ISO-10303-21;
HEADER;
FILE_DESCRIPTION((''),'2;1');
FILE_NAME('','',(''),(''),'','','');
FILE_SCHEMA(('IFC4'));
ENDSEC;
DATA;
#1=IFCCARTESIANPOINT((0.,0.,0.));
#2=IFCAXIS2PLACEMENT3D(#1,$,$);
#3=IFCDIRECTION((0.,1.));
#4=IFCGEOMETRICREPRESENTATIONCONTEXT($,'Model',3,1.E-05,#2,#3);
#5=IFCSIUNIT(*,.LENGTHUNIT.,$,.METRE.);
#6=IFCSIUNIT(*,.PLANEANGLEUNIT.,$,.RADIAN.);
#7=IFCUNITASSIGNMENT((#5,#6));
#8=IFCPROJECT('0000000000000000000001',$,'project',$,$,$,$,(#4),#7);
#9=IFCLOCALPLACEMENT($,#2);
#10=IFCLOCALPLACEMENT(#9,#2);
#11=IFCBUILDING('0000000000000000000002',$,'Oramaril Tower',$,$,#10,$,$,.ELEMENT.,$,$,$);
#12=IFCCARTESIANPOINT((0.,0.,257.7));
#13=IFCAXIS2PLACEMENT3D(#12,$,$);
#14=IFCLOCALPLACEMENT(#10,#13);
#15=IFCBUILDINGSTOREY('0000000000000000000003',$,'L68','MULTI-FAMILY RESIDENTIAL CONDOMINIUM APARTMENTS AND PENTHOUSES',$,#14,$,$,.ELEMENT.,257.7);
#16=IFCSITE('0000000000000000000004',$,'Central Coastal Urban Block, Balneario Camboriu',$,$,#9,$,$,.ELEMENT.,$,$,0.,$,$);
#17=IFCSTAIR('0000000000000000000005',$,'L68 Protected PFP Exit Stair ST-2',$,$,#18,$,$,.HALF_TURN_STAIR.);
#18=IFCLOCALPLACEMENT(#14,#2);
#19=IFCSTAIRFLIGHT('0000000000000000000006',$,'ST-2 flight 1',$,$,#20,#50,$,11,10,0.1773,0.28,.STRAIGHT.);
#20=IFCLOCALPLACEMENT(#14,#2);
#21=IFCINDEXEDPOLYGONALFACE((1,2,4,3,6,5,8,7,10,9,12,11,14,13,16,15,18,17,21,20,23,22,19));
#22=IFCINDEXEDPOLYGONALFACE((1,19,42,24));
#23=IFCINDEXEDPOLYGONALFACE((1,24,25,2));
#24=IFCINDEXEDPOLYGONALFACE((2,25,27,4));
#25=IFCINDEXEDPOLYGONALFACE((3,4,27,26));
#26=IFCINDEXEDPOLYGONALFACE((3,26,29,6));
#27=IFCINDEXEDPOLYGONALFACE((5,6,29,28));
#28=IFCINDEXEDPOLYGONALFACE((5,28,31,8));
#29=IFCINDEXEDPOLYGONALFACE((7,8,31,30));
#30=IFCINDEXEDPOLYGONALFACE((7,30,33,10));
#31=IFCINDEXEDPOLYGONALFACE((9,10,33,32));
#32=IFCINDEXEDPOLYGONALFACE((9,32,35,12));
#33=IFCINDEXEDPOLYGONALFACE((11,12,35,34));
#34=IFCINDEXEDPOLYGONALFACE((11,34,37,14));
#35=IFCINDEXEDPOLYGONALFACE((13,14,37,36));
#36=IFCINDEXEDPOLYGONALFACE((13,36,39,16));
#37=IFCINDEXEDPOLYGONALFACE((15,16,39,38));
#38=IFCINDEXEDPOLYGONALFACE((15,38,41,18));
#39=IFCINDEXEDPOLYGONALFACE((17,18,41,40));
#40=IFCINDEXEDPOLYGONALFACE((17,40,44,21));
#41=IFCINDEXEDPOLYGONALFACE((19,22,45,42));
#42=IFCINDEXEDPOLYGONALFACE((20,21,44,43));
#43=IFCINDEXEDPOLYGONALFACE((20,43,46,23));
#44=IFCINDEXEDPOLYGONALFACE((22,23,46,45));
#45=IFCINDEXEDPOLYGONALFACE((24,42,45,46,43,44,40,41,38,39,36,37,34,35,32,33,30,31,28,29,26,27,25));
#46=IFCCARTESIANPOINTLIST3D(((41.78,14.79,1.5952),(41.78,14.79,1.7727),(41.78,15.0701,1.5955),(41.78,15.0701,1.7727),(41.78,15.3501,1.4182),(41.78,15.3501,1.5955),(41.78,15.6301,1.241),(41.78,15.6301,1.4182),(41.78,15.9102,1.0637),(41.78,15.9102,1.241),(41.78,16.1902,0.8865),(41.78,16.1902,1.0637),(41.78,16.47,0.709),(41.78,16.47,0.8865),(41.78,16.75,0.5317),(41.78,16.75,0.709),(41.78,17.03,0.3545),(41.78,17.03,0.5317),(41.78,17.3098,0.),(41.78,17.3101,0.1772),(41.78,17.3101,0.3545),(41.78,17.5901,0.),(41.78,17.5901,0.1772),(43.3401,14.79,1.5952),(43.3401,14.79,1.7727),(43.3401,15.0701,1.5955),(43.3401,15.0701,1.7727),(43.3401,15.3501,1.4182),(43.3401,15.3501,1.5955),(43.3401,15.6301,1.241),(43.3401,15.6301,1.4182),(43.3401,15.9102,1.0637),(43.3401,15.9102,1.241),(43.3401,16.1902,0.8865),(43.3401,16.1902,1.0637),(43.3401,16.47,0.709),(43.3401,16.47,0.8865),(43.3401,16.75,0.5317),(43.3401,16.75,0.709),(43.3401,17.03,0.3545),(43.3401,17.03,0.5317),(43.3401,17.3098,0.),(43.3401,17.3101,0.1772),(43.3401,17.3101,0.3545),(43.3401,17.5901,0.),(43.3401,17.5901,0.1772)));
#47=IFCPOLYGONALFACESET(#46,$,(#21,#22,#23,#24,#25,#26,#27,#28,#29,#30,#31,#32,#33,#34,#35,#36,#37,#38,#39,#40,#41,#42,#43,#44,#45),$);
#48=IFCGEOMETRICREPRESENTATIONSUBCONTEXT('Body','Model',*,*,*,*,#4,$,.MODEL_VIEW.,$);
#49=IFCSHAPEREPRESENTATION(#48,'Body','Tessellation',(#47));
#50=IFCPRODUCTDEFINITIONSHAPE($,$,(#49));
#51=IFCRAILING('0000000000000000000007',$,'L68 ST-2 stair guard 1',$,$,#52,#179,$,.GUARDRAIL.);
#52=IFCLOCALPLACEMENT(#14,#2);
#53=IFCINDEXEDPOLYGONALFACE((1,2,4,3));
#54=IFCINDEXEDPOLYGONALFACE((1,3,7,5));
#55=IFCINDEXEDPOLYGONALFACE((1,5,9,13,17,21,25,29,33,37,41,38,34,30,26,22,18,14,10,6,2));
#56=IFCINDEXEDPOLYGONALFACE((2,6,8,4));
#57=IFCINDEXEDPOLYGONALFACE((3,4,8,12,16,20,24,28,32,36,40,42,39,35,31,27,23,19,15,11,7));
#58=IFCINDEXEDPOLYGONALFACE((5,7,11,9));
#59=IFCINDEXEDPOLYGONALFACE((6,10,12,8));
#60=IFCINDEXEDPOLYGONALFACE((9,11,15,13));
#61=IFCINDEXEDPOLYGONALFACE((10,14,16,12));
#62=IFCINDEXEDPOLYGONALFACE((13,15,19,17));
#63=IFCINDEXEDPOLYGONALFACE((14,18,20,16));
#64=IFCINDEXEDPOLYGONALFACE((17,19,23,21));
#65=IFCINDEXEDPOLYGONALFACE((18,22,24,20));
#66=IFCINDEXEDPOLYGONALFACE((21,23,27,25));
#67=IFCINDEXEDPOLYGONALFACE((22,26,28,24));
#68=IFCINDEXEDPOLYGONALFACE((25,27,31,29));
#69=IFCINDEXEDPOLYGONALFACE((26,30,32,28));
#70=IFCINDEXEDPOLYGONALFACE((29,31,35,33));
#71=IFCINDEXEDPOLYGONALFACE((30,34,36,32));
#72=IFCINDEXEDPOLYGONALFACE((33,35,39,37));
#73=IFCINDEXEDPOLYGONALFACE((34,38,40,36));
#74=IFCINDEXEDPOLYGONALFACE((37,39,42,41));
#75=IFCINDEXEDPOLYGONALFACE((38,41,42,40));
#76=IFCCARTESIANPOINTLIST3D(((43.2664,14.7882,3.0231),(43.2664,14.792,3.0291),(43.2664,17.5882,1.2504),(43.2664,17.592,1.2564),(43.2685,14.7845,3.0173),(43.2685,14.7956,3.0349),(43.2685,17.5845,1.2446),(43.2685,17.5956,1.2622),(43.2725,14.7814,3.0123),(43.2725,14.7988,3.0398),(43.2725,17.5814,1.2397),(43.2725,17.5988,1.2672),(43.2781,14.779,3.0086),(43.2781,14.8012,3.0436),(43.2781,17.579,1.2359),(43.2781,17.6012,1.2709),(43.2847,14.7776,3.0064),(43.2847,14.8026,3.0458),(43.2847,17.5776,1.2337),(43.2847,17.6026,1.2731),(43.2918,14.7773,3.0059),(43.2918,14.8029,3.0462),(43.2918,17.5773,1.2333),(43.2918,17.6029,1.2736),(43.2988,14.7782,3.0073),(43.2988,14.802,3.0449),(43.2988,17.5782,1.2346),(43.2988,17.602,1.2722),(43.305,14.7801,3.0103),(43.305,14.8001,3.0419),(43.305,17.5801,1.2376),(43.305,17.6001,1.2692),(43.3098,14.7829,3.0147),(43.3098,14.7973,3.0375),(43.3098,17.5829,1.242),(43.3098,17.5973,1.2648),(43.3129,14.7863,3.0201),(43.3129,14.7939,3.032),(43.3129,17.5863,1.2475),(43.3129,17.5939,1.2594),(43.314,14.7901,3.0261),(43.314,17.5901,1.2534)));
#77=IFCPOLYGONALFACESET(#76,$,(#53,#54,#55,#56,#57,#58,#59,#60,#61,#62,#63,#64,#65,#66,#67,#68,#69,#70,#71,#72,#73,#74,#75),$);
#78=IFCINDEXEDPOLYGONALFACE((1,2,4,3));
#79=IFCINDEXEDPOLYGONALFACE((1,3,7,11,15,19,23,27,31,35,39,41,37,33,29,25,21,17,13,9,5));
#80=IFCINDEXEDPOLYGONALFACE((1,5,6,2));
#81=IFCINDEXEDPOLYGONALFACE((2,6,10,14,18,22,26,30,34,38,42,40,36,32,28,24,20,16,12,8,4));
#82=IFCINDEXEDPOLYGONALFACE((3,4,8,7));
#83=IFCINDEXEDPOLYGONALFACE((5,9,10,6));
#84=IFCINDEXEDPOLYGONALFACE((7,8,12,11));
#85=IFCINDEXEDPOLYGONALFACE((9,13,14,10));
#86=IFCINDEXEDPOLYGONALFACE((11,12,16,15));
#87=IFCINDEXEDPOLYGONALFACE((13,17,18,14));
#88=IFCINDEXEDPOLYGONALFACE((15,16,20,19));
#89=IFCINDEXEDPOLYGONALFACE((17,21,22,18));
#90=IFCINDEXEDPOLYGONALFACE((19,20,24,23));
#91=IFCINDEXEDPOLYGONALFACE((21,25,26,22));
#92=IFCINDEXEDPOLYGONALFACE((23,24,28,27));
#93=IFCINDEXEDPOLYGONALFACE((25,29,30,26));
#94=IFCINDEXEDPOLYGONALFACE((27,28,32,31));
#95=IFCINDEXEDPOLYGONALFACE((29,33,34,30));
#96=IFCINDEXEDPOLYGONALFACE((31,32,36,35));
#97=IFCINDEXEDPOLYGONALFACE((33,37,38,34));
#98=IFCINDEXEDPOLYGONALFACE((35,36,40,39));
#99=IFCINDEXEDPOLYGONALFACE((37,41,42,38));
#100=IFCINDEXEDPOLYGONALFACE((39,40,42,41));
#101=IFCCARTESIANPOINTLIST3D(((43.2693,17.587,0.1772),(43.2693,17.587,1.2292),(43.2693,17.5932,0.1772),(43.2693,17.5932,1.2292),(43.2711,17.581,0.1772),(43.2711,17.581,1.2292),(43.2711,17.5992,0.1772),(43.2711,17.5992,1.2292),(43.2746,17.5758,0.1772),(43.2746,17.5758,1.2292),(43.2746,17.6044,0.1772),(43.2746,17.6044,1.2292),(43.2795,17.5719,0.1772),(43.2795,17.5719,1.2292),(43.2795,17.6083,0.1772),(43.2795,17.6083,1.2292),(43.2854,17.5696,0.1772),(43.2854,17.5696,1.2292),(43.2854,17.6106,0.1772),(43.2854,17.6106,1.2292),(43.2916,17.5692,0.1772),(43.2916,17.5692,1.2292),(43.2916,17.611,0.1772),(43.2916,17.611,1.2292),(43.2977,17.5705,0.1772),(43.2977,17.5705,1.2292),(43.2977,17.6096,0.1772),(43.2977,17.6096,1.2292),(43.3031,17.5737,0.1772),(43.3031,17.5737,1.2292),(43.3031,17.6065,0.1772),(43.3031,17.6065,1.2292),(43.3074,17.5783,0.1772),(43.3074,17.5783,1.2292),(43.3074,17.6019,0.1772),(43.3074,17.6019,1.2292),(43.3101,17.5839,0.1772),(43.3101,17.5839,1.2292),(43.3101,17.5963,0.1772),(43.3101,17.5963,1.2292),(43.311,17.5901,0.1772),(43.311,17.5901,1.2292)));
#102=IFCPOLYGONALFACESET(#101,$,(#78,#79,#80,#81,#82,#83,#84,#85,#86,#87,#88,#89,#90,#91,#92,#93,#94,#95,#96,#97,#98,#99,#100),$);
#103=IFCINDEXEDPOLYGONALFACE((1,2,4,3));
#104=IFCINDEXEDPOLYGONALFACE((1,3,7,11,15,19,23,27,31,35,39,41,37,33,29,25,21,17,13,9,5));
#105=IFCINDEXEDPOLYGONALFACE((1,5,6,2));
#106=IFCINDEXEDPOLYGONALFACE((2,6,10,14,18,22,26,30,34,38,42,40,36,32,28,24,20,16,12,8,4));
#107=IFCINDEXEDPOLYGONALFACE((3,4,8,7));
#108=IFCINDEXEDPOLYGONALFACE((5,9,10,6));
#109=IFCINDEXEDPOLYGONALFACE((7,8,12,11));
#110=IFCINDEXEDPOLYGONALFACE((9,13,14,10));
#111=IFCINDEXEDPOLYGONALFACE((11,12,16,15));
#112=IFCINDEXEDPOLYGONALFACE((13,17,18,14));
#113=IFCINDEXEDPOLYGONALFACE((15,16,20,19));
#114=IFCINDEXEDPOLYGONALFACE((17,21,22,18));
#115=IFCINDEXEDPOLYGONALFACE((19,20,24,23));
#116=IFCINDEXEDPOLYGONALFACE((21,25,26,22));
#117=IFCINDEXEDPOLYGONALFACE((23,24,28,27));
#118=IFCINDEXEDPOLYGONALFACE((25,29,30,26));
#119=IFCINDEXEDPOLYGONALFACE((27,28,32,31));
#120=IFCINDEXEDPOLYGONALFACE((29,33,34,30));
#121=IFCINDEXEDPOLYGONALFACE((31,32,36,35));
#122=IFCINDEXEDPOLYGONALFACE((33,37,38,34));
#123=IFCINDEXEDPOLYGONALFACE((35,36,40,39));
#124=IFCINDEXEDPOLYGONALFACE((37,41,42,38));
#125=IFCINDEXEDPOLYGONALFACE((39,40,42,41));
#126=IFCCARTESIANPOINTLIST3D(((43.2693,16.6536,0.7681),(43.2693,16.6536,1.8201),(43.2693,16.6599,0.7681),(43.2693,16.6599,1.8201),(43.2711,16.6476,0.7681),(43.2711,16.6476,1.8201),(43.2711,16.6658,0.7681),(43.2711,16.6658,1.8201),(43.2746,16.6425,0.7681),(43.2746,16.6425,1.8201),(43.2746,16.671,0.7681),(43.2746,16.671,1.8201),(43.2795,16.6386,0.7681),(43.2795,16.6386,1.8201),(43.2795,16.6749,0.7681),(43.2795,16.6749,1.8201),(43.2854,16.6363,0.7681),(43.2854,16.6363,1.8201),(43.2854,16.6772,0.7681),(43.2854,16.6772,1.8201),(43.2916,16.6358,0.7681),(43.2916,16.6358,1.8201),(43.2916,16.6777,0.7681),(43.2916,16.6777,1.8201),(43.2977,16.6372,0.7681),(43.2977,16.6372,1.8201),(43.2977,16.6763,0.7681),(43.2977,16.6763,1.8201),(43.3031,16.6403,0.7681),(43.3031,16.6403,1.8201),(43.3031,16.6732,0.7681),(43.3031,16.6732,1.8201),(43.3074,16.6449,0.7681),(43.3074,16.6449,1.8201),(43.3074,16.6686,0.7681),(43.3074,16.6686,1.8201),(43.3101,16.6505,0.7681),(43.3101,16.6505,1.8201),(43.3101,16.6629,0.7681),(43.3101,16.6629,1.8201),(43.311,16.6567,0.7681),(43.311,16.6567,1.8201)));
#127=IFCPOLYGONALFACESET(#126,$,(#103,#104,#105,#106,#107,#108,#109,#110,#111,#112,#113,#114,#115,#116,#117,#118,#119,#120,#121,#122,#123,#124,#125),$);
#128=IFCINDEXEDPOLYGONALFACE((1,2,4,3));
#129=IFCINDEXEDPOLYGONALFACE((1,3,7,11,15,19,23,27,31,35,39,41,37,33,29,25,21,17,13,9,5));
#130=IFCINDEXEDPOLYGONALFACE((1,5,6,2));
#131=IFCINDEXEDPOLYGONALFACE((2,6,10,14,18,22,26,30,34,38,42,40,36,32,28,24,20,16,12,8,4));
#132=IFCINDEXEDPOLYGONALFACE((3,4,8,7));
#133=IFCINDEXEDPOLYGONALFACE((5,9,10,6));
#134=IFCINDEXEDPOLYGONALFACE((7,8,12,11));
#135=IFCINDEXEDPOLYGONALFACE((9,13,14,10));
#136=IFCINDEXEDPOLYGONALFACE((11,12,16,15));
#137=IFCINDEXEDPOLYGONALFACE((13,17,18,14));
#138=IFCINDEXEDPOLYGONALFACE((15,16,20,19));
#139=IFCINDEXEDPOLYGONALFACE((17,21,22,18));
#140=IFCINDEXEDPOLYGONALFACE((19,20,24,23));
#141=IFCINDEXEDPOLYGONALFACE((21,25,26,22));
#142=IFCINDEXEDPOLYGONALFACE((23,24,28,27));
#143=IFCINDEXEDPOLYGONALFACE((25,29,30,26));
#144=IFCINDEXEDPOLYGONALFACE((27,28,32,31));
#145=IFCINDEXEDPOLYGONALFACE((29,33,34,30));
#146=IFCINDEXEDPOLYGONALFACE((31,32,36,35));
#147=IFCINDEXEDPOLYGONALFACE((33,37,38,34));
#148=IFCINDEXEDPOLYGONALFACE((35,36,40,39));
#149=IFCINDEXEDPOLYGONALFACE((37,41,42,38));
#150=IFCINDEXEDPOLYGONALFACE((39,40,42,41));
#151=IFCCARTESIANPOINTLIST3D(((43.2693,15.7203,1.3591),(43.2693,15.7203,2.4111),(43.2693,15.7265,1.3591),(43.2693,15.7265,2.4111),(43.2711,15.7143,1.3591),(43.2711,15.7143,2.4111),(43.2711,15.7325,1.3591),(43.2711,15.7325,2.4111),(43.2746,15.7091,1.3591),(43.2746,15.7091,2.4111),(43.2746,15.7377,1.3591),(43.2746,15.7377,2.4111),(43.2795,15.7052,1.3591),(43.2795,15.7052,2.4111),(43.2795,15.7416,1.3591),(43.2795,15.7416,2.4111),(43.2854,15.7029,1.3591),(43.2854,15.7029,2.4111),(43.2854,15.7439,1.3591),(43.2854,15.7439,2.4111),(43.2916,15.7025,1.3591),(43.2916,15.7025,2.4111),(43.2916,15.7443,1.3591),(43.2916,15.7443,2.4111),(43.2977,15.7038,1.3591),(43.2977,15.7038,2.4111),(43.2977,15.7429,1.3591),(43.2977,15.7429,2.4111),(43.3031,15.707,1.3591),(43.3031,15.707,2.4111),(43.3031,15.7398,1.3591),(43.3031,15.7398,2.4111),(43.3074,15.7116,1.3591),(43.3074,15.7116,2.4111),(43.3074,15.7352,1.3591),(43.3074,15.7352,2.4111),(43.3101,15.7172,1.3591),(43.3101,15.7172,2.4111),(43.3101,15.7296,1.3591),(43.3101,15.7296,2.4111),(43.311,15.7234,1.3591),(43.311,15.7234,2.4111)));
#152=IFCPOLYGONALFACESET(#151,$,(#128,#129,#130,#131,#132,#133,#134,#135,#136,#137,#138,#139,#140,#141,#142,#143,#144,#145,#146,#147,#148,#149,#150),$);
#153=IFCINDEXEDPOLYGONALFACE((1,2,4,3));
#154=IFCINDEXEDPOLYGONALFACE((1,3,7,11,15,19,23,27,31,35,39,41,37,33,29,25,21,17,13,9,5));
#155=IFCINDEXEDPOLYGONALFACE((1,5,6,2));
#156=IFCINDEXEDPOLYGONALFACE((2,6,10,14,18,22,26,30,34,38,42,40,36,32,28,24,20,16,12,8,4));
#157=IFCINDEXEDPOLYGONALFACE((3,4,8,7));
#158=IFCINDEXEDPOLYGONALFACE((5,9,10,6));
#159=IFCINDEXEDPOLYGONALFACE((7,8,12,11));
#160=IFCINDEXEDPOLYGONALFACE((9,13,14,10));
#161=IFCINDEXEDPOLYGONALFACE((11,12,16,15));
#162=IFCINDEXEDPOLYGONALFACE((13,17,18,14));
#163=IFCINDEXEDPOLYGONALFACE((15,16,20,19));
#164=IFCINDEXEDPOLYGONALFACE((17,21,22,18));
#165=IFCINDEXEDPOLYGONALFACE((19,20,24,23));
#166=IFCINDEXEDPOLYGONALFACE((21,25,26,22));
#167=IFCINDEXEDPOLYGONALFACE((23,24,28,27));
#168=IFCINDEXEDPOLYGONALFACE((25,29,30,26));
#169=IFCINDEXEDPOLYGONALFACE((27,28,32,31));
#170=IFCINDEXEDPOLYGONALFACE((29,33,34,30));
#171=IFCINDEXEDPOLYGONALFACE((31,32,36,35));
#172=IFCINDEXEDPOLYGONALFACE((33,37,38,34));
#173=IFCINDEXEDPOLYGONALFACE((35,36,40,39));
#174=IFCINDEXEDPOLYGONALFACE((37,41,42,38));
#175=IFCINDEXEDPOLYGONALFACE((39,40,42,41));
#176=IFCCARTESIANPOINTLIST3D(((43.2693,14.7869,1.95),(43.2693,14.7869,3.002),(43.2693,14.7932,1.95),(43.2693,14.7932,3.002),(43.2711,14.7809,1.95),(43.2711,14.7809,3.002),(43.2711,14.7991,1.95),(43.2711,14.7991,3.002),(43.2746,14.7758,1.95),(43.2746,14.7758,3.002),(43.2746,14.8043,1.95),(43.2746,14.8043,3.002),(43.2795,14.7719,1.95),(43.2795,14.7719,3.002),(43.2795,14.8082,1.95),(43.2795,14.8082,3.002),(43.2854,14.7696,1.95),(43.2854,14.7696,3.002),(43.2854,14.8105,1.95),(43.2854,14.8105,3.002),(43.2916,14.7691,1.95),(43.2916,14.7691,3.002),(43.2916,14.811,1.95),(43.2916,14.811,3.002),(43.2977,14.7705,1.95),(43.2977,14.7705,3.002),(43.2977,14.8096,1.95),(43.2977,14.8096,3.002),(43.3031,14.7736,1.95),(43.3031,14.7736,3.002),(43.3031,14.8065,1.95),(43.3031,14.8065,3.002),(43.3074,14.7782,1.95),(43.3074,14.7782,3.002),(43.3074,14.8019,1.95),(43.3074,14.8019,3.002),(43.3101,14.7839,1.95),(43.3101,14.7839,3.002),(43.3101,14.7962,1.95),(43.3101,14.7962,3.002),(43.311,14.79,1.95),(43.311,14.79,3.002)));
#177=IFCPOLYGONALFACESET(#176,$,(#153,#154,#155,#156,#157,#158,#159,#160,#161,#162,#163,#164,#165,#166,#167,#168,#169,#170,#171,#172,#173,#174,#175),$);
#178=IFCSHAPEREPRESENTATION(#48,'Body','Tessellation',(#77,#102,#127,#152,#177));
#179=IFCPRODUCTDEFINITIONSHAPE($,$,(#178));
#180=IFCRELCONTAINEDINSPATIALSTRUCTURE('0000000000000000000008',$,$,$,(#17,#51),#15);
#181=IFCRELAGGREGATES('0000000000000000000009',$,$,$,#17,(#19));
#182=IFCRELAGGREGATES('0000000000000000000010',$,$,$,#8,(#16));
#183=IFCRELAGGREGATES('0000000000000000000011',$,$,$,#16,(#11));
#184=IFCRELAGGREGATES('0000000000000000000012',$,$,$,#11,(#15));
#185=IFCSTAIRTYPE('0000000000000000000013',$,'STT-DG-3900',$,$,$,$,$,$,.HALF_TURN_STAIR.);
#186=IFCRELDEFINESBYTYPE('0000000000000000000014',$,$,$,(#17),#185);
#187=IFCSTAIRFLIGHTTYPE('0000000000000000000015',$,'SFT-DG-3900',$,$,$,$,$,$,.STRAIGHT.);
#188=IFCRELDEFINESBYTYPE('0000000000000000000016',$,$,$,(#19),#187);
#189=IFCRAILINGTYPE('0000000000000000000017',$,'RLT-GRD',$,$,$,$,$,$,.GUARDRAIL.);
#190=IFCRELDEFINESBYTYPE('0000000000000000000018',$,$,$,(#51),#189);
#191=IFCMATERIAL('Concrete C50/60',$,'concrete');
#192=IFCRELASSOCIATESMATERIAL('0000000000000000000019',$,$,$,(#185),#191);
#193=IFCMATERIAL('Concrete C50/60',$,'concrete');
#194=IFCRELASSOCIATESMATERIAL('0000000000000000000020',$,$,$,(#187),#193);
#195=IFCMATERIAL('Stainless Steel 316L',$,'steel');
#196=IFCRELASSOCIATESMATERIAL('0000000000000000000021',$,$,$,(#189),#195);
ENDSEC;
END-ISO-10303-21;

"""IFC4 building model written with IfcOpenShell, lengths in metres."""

from ifc_helpers import new_model, si_unit, direction, frame, origin, origin_2d, place, context, subcontext, project, spatial, polyline, circle, outline, extrude, material, type_object, element, aggregate, save


model = new_model("IFC4")

# Units and contexts
model_context = context("Model", 3, precision=1e-05, world=origin(), true_north=direction((0.0, 1.0)))
body_context = subcontext(model_context, "Body", "Model", "MODEL_VIEW")
ifc_project = project(units=[si_unit("LENGTHUNIT", "METRE"), si_unit("PLANEANGLEUNIT", "RADIAN")], contexts=[model_context])

# Site, building, storey
site_placement = place(None, origin())
site = spatial("IfcSite", under=ifc_project, at=site_placement, Name="Central Coastal Urban Block, Balneario Camboriu", CompositionType="ELEMENT", RefElevation=0.0)
building_placement = place(site_placement, origin())
building = spatial("IfcBuilding", under=site, at=building_placement, Name="Oramaril Tower", CompositionType="ELEMENT")
storey_placement = place(building_placement, frame((0.0, 0.0, 257.7)))
storey = spatial("IfcBuildingStorey", under=building, at=storey_placement, Name="L68", Description="MULTI-FAMILY RESIDENTIAL CONDOMINIUM APARTMENTS AND PENTHOUSES", CompositionType="ELEMENT", Elevation=257.7)

# Stair, stair flight
ifc_material_1 = material(Name="Concrete C50/60", Category="concrete")
stair_type = type_object("IfcStairType", Name="STT-DG-3900", PredefinedType="HALF_TURN_STAIR", material=ifc_material_1)
stair_placement = place(storey_placement, origin())
stair = element("IfcStair", 1, at=stair_placement, inside=storey, type_object=stair_type, Name="L68 Protected PFP Exit Stair ST-2", PredefinedType="HALF_TURN_STAIR")
ifc_material_2 = material(Name="Concrete C50/60", Category="concrete")
stair_flight_type = type_object("IfcStairFlightType", Name="SFT-DG-3900", PredefinedType="STRAIGHT", material=ifc_material_2)
stair_flight_placement = place(storey_placement, frame((42.5601, 17.5901, 0.0), z_axis=(0.0, 0.0, 1.0), x_axis=(0.0, -1.0, 0.0)))
stair_flight = element("IfcStairFlight", 2, at=stair_flight_placement, type_object=stair_flight_type, Name="ST-2 flight 1", NumberOfRisers=11, NumberOfTreads=10, PredefinedType="STRAIGHT", RiserHeight=0.1773, TreadLength=0.28, context=body_context, shape_type="SweptSolid", body=[
    extrude(outline(polyline([(0.0, 0.0), (0.0, 0.1772), (0.28, 0.1772), (0.28, 0.3545), (0.5601, 0.3545), (0.5601, 0.5317), (0.8401, 0.5317), (0.8401, 0.709), (1.1201, 0.709), (1.1201, 0.8865), (1.3999, 0.8865), (1.3999, 1.0637), (1.6799, 1.0637), (1.6799, 1.241), (1.96, 1.241), (1.96, 1.4182), (2.24, 1.4182), (2.24, 1.5955), (2.52, 1.5955), (2.52, 1.7727), (2.8, 1.7727), (2.8, 1.95), (2.8, 1.5952), (0.2803, 0.0), (0.0, 0.0)])), frame((0.0, 0.78, 0.0), z_axis=(0.0, -1.0, 0.0), x_axis=(1.0, 0.0, 0.0)), (0.0, 0.0, 1.0), 1.5601),
])
aggregate(stair, [stair_flight])

# Railing
ifc_material_3 = material(Name="Stainless Steel 316L", Category="steel")
railing_type_1 = type_object("IfcRailingType", Name="RLT-GRD", PredefinedType="GUARDRAIL", material=ifc_material_3)
railing_1_placement = place(storey_placement, frame((43.29, 17.5901, 0.1772)))
element("IfcRailing", 3, at=railing_1_placement, inside=storey, type_object=railing_type_1, Name="L68 ST-2 stair guard 1", PredefinedType="GUARDRAIL", context=body_context, shape_type="SweptSolid", body=[
    extrude(circle(Radius=0.0239, at=origin_2d()), frame((0.0, 0.0, 1.0762), z_axis=(0.0, -0.844909, 0.53491), x_axis=(1.0, 0.0, 0.0)), (0.0, 0.0, 1.0), 3.314),
    extrude(circle(Radius=0.021, at=origin_2d()), origin(), (0.0, 0.0, 1.0), 1.052),
    extrude(circle(Radius=0.021, at=origin_2d()), frame((0.0, -0.9333, 0.5908)), (0.0, 0.0, 1.0), 1.052),
    extrude(circle(Radius=0.021, at=origin_2d()), frame((0.0, -1.8667, 1.1819)), (0.0, 0.0, 1.0), 1.052),
    extrude(circle(Radius=0.021, at=origin_2d()), frame((0.0, -2.8, 1.7727)), (0.0, 0.0, 1.0), 1.052),
])

save(model, "model.ifc")
